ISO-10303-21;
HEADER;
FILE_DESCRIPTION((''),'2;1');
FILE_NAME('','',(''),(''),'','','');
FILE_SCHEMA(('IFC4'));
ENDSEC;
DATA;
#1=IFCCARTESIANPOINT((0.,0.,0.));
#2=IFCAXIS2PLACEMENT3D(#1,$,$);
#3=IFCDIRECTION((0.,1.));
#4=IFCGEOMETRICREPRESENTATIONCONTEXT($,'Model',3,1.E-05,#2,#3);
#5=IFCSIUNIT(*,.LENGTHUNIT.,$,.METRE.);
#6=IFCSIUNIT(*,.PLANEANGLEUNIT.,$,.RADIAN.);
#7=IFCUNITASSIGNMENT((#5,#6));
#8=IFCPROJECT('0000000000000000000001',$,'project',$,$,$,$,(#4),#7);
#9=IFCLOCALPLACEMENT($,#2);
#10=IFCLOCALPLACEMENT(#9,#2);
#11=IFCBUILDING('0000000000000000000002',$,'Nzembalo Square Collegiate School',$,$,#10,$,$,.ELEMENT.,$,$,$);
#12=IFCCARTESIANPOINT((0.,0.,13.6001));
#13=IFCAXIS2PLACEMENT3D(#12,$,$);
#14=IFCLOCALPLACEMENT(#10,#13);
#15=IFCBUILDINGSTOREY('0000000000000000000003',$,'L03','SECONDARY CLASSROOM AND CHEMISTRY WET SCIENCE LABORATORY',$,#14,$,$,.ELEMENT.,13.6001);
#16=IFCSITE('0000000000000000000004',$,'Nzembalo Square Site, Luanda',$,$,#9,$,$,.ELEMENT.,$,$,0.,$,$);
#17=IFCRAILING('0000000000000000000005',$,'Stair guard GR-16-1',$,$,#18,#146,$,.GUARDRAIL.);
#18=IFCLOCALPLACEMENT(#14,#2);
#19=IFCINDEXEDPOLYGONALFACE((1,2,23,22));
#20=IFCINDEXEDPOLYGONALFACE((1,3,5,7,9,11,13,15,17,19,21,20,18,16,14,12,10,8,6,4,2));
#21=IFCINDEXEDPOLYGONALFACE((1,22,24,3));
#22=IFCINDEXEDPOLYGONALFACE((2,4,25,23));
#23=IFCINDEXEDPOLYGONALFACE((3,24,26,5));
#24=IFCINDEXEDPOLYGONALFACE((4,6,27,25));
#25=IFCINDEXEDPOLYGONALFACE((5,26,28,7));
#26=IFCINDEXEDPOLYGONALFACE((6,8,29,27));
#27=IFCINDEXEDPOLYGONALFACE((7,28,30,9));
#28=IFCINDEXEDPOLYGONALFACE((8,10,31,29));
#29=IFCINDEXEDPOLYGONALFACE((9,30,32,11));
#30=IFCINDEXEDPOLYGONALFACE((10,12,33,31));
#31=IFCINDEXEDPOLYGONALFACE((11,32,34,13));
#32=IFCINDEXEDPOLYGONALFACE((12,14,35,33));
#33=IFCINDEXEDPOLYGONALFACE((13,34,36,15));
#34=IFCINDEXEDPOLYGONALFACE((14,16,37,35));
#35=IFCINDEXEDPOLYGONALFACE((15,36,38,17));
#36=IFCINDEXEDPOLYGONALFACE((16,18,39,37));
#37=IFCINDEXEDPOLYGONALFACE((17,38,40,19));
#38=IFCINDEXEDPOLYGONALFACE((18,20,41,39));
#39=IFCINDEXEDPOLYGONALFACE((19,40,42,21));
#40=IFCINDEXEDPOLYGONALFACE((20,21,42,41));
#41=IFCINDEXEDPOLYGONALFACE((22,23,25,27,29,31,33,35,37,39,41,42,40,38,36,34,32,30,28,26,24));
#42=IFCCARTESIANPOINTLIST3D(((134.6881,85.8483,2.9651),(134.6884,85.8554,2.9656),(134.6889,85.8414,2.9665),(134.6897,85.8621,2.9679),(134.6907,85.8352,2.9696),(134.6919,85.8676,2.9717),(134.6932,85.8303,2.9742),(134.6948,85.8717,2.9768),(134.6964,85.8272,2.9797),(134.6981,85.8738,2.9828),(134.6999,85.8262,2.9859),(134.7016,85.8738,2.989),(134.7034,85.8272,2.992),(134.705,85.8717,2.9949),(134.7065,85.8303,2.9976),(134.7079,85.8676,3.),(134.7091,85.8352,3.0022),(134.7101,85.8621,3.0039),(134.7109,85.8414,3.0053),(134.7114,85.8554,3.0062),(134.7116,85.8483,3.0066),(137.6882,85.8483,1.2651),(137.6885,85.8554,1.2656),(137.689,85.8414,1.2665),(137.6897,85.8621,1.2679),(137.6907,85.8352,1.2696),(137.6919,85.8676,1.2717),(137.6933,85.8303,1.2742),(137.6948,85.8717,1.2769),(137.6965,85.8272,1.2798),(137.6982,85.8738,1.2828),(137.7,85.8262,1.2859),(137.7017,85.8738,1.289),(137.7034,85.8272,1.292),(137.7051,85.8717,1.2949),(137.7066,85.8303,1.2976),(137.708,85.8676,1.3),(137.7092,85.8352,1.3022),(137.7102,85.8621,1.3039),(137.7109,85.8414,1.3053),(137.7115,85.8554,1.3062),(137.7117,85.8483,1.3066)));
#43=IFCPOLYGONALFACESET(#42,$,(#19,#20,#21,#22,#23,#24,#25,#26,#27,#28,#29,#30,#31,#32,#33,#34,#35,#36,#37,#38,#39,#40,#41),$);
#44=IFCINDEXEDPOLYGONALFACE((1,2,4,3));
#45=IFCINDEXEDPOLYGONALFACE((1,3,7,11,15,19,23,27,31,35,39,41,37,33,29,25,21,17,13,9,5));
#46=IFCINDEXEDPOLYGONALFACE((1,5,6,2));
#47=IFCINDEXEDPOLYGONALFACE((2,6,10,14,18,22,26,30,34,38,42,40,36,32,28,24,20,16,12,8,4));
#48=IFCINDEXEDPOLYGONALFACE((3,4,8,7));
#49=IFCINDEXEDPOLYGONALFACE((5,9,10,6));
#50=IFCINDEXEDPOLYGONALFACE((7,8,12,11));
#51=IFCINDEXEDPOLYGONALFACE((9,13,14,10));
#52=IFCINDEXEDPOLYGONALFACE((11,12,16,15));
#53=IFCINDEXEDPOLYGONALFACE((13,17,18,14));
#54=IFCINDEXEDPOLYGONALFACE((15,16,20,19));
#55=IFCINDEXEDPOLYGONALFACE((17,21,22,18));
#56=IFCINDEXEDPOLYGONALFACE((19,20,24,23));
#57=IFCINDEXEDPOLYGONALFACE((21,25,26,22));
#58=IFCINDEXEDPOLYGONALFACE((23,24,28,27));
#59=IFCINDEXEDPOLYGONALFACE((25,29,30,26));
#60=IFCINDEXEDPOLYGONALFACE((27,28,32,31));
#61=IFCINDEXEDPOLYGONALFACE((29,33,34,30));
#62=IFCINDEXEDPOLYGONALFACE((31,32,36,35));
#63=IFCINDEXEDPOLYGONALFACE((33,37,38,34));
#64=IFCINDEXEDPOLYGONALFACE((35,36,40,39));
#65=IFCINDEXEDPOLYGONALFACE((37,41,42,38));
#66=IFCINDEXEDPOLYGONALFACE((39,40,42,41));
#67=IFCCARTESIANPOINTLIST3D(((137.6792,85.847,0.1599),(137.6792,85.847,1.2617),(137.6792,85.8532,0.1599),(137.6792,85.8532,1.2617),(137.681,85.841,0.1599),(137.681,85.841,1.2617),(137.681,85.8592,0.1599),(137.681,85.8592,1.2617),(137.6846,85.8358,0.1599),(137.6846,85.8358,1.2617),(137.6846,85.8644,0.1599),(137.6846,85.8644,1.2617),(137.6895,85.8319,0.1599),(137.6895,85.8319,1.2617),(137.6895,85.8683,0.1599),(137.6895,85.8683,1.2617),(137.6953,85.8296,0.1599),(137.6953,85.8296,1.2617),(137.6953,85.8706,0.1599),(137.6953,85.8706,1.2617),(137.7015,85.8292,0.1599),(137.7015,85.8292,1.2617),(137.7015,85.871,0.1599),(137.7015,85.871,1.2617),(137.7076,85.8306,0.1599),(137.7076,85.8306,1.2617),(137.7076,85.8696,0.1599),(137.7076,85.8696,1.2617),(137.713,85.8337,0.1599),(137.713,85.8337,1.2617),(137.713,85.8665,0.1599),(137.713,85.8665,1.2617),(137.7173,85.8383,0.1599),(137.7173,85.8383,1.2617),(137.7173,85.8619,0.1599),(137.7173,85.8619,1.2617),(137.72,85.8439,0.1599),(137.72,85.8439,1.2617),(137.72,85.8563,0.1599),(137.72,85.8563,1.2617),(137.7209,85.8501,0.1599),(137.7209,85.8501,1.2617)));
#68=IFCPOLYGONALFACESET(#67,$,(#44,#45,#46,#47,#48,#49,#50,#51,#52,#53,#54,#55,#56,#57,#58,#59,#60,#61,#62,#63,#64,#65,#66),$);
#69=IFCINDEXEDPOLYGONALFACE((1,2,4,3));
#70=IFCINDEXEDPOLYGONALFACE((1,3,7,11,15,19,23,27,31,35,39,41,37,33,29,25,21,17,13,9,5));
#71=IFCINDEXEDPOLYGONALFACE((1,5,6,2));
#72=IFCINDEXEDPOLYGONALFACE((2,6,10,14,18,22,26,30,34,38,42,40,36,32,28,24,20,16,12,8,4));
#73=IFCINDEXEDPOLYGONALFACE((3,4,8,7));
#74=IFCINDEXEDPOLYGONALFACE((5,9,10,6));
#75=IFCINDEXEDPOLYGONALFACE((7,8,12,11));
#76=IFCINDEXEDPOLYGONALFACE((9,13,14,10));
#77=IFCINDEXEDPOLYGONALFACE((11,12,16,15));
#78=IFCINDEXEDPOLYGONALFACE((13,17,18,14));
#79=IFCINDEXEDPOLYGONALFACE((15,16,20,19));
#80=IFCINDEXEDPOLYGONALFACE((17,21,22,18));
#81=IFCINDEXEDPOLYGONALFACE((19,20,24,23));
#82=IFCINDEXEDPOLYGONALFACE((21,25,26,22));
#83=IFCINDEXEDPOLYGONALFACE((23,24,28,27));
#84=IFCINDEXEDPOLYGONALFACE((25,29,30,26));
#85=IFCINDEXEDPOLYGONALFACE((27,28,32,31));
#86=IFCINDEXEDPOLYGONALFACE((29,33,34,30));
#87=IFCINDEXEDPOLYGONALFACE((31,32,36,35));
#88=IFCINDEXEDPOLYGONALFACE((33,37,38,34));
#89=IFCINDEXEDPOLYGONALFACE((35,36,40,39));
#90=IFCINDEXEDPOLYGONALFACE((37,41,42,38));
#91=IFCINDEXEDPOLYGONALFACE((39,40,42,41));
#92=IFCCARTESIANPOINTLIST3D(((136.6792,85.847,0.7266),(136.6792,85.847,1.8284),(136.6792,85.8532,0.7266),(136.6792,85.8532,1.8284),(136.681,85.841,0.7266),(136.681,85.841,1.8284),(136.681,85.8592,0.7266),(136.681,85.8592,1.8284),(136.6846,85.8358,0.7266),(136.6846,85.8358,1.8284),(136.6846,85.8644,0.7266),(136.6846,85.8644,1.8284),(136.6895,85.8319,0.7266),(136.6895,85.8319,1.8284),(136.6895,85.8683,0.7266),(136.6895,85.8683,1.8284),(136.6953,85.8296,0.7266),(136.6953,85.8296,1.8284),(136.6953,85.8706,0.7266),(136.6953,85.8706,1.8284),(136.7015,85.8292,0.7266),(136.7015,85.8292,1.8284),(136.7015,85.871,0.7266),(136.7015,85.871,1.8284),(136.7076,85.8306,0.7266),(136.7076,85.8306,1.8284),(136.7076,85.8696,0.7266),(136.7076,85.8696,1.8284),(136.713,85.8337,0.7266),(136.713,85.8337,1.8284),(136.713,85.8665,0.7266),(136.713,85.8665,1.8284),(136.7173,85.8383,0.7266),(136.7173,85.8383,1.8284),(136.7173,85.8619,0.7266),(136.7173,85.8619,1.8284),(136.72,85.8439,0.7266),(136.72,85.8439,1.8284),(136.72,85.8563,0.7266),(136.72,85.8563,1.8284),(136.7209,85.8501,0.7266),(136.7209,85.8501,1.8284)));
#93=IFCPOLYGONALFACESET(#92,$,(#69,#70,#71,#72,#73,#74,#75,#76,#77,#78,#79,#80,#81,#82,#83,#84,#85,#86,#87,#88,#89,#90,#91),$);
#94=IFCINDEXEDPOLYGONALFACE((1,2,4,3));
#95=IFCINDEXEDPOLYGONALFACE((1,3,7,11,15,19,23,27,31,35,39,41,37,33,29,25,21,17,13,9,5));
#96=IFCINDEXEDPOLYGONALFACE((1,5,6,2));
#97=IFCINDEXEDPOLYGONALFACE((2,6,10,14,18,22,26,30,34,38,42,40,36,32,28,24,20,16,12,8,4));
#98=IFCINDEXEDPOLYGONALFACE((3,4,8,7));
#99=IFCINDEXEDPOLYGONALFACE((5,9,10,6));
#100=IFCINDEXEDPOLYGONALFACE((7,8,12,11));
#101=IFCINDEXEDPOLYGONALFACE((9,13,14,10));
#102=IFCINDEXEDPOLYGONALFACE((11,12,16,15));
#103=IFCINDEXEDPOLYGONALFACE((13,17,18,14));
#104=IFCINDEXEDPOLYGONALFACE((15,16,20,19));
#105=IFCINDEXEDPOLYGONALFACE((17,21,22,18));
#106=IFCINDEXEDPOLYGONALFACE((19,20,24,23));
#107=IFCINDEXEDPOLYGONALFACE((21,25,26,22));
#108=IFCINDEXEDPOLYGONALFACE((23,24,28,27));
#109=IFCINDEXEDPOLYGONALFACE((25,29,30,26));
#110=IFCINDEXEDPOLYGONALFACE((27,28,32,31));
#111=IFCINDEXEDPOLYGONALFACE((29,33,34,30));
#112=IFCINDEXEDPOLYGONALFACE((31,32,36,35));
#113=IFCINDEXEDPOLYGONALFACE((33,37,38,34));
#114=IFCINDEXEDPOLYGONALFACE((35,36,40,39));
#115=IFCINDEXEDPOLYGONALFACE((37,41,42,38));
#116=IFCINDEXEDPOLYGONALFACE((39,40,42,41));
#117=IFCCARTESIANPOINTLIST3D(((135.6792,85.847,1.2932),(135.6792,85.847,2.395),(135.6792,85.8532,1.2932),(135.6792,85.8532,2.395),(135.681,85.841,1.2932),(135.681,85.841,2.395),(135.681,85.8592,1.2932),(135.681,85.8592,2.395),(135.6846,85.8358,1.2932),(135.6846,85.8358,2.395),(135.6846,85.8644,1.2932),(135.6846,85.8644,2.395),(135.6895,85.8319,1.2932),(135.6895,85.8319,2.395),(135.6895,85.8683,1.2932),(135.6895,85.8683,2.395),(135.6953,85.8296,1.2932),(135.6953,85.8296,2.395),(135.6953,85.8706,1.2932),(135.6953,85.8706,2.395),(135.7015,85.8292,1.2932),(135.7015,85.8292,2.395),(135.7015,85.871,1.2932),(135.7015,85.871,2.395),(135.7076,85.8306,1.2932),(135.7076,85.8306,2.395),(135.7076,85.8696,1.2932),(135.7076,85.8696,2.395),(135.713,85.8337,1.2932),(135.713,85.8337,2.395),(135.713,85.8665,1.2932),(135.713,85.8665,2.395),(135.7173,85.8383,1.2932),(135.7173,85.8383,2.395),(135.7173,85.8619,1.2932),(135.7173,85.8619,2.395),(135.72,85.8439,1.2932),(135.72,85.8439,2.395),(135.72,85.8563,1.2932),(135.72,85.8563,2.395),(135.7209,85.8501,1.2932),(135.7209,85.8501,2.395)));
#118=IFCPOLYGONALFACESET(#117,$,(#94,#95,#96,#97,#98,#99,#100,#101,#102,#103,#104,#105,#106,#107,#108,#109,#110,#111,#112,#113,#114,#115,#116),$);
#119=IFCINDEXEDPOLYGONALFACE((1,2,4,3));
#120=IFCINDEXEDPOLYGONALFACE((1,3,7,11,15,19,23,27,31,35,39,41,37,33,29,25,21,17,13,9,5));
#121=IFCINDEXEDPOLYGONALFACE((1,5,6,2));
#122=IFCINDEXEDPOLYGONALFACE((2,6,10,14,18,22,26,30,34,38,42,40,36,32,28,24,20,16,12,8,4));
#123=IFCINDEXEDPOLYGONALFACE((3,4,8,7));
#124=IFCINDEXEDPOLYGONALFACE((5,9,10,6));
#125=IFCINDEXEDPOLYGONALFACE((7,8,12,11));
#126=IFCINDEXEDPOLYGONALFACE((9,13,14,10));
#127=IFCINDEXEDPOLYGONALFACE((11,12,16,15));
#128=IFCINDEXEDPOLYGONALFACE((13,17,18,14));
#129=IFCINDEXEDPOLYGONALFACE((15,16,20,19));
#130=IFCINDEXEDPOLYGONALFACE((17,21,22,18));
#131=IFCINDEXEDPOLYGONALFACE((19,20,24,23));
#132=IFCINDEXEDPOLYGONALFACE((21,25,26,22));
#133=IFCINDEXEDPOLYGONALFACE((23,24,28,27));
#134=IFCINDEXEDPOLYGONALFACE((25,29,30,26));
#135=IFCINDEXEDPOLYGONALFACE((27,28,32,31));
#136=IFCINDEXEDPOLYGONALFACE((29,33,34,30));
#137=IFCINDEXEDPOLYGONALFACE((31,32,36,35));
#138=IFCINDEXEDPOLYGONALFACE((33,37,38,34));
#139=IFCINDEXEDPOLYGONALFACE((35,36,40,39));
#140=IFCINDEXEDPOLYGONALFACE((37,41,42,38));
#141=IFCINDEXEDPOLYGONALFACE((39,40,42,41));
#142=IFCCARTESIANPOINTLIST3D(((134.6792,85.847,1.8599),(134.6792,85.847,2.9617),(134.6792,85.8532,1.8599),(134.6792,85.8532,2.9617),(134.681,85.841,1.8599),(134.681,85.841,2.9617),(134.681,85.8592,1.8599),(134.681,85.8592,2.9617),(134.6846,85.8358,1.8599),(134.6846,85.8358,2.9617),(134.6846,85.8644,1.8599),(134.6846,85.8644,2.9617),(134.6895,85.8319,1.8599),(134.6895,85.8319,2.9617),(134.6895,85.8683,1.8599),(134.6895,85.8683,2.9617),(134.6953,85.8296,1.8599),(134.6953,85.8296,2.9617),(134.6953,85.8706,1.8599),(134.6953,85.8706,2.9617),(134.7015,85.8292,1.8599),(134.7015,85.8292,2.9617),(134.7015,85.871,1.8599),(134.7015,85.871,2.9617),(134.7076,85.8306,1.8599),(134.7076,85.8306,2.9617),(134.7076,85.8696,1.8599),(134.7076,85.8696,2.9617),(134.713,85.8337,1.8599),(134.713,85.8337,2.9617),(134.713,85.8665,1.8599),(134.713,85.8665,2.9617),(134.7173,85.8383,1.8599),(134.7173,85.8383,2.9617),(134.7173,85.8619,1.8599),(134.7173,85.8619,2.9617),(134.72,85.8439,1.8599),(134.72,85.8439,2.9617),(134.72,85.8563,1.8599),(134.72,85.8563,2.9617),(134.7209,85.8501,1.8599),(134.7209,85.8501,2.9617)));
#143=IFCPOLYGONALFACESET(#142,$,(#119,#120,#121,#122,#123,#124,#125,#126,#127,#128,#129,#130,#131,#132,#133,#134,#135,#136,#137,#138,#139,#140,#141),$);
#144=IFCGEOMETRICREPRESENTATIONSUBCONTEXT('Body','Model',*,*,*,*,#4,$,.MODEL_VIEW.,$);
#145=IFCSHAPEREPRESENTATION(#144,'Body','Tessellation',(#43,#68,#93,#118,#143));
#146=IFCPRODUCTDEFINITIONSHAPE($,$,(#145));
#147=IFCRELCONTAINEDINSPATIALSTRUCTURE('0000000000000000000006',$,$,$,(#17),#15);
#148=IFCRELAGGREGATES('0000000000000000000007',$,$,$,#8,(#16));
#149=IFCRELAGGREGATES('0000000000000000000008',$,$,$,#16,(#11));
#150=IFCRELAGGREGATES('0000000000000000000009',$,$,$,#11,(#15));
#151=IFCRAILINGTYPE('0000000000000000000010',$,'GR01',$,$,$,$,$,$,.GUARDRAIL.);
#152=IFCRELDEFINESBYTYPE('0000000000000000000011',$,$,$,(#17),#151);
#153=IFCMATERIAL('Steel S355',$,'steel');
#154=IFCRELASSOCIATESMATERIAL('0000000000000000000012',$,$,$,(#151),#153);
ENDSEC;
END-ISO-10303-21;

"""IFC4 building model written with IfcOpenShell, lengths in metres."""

from ifc_helpers import new_model, si_unit, direction, frame, origin, origin_2d, place, context, subcontext, project, spatial, circle, extrude, material, type_object, element, save


model = new_model("IFC4")

# Units and contexts
model_context = context("Model", 3, precision=1e-05, world=origin(), true_north=direction((0.0, 1.0)))
body_context = subcontext(model_context, "Body", "Model", "MODEL_VIEW")
ifc_project = project(units=[si_unit("LENGTHUNIT", "METRE"), si_unit("PLANEANGLEUNIT", "RADIAN")], contexts=[model_context])

# Site, building, storey
site_placement = place(None, origin())
site = spatial("IfcSite", under=ifc_project, at=site_placement, Name="Nzembalo Square Site, Luanda", CompositionType="ELEMENT", RefElevation=0.0)
building_placement = place(site_placement, origin())
building = spatial("IfcBuilding", under=site, at=building_placement, Name="Nzembalo Square Collegiate School", CompositionType="ELEMENT")
storey_placement = place(building_placement, frame((0.0, 0.0, 13.6001)))
storey = spatial("IfcBuildingStorey", under=building, at=storey_placement, Name="L03", Description="SECONDARY CLASSROOM AND CHEMISTRY WET SCIENCE LABORATORY", CompositionType="ELEMENT", Elevation=13.6001)

# Railing
ifc_material_1 = material(Name="Steel S355", Category="steel")
railing_type_1 = type_object("IfcRailingType", Name="GR01", PredefinedType="GUARDRAIL", material=ifc_material_1)
railing_1_placement = place(storey_placement, frame((137.7, 85.8501, 0.1599)))
element("IfcRailing", 1, at=railing_1_placement, inside=storey, type_object=railing_type_1, Name="Stair guard GR-16-1", PredefinedType="GUARDRAIL", context=body_context, shape_type="SweptSolid", body=[
    extrude(circle(Radius=0.0239, at=origin_2d()), frame((0.0, 0.0, 1.126), z_axis=(-0.870028, 0.0, 0.493002), x_axis=(0.0, -1.0, 0.0)), (0.0, 0.0, 1.0), 3.4482),
    extrude(circle(Radius=0.021, at=origin_2d()), origin(), (0.0, 0.0, 1.0), 1.1018),
    extrude(circle(Radius=0.021, at=origin_2d()), frame((-1.0, 0.0, 0.5667)), (0.0, 0.0, 1.0), 1.1018),
    extrude(circle(Radius=0.021, at=origin_2d()), frame((-2.0, 0.0, 1.1333)), (0.0, 0.0, 1.0), 1.1018),
    extrude(circle(Radius=0.021, at=origin_2d()), frame((-3.0, 0.0, 1.7)), (0.0, 0.0, 1.0), 1.1018),
])

save(model, "model.ifc")
